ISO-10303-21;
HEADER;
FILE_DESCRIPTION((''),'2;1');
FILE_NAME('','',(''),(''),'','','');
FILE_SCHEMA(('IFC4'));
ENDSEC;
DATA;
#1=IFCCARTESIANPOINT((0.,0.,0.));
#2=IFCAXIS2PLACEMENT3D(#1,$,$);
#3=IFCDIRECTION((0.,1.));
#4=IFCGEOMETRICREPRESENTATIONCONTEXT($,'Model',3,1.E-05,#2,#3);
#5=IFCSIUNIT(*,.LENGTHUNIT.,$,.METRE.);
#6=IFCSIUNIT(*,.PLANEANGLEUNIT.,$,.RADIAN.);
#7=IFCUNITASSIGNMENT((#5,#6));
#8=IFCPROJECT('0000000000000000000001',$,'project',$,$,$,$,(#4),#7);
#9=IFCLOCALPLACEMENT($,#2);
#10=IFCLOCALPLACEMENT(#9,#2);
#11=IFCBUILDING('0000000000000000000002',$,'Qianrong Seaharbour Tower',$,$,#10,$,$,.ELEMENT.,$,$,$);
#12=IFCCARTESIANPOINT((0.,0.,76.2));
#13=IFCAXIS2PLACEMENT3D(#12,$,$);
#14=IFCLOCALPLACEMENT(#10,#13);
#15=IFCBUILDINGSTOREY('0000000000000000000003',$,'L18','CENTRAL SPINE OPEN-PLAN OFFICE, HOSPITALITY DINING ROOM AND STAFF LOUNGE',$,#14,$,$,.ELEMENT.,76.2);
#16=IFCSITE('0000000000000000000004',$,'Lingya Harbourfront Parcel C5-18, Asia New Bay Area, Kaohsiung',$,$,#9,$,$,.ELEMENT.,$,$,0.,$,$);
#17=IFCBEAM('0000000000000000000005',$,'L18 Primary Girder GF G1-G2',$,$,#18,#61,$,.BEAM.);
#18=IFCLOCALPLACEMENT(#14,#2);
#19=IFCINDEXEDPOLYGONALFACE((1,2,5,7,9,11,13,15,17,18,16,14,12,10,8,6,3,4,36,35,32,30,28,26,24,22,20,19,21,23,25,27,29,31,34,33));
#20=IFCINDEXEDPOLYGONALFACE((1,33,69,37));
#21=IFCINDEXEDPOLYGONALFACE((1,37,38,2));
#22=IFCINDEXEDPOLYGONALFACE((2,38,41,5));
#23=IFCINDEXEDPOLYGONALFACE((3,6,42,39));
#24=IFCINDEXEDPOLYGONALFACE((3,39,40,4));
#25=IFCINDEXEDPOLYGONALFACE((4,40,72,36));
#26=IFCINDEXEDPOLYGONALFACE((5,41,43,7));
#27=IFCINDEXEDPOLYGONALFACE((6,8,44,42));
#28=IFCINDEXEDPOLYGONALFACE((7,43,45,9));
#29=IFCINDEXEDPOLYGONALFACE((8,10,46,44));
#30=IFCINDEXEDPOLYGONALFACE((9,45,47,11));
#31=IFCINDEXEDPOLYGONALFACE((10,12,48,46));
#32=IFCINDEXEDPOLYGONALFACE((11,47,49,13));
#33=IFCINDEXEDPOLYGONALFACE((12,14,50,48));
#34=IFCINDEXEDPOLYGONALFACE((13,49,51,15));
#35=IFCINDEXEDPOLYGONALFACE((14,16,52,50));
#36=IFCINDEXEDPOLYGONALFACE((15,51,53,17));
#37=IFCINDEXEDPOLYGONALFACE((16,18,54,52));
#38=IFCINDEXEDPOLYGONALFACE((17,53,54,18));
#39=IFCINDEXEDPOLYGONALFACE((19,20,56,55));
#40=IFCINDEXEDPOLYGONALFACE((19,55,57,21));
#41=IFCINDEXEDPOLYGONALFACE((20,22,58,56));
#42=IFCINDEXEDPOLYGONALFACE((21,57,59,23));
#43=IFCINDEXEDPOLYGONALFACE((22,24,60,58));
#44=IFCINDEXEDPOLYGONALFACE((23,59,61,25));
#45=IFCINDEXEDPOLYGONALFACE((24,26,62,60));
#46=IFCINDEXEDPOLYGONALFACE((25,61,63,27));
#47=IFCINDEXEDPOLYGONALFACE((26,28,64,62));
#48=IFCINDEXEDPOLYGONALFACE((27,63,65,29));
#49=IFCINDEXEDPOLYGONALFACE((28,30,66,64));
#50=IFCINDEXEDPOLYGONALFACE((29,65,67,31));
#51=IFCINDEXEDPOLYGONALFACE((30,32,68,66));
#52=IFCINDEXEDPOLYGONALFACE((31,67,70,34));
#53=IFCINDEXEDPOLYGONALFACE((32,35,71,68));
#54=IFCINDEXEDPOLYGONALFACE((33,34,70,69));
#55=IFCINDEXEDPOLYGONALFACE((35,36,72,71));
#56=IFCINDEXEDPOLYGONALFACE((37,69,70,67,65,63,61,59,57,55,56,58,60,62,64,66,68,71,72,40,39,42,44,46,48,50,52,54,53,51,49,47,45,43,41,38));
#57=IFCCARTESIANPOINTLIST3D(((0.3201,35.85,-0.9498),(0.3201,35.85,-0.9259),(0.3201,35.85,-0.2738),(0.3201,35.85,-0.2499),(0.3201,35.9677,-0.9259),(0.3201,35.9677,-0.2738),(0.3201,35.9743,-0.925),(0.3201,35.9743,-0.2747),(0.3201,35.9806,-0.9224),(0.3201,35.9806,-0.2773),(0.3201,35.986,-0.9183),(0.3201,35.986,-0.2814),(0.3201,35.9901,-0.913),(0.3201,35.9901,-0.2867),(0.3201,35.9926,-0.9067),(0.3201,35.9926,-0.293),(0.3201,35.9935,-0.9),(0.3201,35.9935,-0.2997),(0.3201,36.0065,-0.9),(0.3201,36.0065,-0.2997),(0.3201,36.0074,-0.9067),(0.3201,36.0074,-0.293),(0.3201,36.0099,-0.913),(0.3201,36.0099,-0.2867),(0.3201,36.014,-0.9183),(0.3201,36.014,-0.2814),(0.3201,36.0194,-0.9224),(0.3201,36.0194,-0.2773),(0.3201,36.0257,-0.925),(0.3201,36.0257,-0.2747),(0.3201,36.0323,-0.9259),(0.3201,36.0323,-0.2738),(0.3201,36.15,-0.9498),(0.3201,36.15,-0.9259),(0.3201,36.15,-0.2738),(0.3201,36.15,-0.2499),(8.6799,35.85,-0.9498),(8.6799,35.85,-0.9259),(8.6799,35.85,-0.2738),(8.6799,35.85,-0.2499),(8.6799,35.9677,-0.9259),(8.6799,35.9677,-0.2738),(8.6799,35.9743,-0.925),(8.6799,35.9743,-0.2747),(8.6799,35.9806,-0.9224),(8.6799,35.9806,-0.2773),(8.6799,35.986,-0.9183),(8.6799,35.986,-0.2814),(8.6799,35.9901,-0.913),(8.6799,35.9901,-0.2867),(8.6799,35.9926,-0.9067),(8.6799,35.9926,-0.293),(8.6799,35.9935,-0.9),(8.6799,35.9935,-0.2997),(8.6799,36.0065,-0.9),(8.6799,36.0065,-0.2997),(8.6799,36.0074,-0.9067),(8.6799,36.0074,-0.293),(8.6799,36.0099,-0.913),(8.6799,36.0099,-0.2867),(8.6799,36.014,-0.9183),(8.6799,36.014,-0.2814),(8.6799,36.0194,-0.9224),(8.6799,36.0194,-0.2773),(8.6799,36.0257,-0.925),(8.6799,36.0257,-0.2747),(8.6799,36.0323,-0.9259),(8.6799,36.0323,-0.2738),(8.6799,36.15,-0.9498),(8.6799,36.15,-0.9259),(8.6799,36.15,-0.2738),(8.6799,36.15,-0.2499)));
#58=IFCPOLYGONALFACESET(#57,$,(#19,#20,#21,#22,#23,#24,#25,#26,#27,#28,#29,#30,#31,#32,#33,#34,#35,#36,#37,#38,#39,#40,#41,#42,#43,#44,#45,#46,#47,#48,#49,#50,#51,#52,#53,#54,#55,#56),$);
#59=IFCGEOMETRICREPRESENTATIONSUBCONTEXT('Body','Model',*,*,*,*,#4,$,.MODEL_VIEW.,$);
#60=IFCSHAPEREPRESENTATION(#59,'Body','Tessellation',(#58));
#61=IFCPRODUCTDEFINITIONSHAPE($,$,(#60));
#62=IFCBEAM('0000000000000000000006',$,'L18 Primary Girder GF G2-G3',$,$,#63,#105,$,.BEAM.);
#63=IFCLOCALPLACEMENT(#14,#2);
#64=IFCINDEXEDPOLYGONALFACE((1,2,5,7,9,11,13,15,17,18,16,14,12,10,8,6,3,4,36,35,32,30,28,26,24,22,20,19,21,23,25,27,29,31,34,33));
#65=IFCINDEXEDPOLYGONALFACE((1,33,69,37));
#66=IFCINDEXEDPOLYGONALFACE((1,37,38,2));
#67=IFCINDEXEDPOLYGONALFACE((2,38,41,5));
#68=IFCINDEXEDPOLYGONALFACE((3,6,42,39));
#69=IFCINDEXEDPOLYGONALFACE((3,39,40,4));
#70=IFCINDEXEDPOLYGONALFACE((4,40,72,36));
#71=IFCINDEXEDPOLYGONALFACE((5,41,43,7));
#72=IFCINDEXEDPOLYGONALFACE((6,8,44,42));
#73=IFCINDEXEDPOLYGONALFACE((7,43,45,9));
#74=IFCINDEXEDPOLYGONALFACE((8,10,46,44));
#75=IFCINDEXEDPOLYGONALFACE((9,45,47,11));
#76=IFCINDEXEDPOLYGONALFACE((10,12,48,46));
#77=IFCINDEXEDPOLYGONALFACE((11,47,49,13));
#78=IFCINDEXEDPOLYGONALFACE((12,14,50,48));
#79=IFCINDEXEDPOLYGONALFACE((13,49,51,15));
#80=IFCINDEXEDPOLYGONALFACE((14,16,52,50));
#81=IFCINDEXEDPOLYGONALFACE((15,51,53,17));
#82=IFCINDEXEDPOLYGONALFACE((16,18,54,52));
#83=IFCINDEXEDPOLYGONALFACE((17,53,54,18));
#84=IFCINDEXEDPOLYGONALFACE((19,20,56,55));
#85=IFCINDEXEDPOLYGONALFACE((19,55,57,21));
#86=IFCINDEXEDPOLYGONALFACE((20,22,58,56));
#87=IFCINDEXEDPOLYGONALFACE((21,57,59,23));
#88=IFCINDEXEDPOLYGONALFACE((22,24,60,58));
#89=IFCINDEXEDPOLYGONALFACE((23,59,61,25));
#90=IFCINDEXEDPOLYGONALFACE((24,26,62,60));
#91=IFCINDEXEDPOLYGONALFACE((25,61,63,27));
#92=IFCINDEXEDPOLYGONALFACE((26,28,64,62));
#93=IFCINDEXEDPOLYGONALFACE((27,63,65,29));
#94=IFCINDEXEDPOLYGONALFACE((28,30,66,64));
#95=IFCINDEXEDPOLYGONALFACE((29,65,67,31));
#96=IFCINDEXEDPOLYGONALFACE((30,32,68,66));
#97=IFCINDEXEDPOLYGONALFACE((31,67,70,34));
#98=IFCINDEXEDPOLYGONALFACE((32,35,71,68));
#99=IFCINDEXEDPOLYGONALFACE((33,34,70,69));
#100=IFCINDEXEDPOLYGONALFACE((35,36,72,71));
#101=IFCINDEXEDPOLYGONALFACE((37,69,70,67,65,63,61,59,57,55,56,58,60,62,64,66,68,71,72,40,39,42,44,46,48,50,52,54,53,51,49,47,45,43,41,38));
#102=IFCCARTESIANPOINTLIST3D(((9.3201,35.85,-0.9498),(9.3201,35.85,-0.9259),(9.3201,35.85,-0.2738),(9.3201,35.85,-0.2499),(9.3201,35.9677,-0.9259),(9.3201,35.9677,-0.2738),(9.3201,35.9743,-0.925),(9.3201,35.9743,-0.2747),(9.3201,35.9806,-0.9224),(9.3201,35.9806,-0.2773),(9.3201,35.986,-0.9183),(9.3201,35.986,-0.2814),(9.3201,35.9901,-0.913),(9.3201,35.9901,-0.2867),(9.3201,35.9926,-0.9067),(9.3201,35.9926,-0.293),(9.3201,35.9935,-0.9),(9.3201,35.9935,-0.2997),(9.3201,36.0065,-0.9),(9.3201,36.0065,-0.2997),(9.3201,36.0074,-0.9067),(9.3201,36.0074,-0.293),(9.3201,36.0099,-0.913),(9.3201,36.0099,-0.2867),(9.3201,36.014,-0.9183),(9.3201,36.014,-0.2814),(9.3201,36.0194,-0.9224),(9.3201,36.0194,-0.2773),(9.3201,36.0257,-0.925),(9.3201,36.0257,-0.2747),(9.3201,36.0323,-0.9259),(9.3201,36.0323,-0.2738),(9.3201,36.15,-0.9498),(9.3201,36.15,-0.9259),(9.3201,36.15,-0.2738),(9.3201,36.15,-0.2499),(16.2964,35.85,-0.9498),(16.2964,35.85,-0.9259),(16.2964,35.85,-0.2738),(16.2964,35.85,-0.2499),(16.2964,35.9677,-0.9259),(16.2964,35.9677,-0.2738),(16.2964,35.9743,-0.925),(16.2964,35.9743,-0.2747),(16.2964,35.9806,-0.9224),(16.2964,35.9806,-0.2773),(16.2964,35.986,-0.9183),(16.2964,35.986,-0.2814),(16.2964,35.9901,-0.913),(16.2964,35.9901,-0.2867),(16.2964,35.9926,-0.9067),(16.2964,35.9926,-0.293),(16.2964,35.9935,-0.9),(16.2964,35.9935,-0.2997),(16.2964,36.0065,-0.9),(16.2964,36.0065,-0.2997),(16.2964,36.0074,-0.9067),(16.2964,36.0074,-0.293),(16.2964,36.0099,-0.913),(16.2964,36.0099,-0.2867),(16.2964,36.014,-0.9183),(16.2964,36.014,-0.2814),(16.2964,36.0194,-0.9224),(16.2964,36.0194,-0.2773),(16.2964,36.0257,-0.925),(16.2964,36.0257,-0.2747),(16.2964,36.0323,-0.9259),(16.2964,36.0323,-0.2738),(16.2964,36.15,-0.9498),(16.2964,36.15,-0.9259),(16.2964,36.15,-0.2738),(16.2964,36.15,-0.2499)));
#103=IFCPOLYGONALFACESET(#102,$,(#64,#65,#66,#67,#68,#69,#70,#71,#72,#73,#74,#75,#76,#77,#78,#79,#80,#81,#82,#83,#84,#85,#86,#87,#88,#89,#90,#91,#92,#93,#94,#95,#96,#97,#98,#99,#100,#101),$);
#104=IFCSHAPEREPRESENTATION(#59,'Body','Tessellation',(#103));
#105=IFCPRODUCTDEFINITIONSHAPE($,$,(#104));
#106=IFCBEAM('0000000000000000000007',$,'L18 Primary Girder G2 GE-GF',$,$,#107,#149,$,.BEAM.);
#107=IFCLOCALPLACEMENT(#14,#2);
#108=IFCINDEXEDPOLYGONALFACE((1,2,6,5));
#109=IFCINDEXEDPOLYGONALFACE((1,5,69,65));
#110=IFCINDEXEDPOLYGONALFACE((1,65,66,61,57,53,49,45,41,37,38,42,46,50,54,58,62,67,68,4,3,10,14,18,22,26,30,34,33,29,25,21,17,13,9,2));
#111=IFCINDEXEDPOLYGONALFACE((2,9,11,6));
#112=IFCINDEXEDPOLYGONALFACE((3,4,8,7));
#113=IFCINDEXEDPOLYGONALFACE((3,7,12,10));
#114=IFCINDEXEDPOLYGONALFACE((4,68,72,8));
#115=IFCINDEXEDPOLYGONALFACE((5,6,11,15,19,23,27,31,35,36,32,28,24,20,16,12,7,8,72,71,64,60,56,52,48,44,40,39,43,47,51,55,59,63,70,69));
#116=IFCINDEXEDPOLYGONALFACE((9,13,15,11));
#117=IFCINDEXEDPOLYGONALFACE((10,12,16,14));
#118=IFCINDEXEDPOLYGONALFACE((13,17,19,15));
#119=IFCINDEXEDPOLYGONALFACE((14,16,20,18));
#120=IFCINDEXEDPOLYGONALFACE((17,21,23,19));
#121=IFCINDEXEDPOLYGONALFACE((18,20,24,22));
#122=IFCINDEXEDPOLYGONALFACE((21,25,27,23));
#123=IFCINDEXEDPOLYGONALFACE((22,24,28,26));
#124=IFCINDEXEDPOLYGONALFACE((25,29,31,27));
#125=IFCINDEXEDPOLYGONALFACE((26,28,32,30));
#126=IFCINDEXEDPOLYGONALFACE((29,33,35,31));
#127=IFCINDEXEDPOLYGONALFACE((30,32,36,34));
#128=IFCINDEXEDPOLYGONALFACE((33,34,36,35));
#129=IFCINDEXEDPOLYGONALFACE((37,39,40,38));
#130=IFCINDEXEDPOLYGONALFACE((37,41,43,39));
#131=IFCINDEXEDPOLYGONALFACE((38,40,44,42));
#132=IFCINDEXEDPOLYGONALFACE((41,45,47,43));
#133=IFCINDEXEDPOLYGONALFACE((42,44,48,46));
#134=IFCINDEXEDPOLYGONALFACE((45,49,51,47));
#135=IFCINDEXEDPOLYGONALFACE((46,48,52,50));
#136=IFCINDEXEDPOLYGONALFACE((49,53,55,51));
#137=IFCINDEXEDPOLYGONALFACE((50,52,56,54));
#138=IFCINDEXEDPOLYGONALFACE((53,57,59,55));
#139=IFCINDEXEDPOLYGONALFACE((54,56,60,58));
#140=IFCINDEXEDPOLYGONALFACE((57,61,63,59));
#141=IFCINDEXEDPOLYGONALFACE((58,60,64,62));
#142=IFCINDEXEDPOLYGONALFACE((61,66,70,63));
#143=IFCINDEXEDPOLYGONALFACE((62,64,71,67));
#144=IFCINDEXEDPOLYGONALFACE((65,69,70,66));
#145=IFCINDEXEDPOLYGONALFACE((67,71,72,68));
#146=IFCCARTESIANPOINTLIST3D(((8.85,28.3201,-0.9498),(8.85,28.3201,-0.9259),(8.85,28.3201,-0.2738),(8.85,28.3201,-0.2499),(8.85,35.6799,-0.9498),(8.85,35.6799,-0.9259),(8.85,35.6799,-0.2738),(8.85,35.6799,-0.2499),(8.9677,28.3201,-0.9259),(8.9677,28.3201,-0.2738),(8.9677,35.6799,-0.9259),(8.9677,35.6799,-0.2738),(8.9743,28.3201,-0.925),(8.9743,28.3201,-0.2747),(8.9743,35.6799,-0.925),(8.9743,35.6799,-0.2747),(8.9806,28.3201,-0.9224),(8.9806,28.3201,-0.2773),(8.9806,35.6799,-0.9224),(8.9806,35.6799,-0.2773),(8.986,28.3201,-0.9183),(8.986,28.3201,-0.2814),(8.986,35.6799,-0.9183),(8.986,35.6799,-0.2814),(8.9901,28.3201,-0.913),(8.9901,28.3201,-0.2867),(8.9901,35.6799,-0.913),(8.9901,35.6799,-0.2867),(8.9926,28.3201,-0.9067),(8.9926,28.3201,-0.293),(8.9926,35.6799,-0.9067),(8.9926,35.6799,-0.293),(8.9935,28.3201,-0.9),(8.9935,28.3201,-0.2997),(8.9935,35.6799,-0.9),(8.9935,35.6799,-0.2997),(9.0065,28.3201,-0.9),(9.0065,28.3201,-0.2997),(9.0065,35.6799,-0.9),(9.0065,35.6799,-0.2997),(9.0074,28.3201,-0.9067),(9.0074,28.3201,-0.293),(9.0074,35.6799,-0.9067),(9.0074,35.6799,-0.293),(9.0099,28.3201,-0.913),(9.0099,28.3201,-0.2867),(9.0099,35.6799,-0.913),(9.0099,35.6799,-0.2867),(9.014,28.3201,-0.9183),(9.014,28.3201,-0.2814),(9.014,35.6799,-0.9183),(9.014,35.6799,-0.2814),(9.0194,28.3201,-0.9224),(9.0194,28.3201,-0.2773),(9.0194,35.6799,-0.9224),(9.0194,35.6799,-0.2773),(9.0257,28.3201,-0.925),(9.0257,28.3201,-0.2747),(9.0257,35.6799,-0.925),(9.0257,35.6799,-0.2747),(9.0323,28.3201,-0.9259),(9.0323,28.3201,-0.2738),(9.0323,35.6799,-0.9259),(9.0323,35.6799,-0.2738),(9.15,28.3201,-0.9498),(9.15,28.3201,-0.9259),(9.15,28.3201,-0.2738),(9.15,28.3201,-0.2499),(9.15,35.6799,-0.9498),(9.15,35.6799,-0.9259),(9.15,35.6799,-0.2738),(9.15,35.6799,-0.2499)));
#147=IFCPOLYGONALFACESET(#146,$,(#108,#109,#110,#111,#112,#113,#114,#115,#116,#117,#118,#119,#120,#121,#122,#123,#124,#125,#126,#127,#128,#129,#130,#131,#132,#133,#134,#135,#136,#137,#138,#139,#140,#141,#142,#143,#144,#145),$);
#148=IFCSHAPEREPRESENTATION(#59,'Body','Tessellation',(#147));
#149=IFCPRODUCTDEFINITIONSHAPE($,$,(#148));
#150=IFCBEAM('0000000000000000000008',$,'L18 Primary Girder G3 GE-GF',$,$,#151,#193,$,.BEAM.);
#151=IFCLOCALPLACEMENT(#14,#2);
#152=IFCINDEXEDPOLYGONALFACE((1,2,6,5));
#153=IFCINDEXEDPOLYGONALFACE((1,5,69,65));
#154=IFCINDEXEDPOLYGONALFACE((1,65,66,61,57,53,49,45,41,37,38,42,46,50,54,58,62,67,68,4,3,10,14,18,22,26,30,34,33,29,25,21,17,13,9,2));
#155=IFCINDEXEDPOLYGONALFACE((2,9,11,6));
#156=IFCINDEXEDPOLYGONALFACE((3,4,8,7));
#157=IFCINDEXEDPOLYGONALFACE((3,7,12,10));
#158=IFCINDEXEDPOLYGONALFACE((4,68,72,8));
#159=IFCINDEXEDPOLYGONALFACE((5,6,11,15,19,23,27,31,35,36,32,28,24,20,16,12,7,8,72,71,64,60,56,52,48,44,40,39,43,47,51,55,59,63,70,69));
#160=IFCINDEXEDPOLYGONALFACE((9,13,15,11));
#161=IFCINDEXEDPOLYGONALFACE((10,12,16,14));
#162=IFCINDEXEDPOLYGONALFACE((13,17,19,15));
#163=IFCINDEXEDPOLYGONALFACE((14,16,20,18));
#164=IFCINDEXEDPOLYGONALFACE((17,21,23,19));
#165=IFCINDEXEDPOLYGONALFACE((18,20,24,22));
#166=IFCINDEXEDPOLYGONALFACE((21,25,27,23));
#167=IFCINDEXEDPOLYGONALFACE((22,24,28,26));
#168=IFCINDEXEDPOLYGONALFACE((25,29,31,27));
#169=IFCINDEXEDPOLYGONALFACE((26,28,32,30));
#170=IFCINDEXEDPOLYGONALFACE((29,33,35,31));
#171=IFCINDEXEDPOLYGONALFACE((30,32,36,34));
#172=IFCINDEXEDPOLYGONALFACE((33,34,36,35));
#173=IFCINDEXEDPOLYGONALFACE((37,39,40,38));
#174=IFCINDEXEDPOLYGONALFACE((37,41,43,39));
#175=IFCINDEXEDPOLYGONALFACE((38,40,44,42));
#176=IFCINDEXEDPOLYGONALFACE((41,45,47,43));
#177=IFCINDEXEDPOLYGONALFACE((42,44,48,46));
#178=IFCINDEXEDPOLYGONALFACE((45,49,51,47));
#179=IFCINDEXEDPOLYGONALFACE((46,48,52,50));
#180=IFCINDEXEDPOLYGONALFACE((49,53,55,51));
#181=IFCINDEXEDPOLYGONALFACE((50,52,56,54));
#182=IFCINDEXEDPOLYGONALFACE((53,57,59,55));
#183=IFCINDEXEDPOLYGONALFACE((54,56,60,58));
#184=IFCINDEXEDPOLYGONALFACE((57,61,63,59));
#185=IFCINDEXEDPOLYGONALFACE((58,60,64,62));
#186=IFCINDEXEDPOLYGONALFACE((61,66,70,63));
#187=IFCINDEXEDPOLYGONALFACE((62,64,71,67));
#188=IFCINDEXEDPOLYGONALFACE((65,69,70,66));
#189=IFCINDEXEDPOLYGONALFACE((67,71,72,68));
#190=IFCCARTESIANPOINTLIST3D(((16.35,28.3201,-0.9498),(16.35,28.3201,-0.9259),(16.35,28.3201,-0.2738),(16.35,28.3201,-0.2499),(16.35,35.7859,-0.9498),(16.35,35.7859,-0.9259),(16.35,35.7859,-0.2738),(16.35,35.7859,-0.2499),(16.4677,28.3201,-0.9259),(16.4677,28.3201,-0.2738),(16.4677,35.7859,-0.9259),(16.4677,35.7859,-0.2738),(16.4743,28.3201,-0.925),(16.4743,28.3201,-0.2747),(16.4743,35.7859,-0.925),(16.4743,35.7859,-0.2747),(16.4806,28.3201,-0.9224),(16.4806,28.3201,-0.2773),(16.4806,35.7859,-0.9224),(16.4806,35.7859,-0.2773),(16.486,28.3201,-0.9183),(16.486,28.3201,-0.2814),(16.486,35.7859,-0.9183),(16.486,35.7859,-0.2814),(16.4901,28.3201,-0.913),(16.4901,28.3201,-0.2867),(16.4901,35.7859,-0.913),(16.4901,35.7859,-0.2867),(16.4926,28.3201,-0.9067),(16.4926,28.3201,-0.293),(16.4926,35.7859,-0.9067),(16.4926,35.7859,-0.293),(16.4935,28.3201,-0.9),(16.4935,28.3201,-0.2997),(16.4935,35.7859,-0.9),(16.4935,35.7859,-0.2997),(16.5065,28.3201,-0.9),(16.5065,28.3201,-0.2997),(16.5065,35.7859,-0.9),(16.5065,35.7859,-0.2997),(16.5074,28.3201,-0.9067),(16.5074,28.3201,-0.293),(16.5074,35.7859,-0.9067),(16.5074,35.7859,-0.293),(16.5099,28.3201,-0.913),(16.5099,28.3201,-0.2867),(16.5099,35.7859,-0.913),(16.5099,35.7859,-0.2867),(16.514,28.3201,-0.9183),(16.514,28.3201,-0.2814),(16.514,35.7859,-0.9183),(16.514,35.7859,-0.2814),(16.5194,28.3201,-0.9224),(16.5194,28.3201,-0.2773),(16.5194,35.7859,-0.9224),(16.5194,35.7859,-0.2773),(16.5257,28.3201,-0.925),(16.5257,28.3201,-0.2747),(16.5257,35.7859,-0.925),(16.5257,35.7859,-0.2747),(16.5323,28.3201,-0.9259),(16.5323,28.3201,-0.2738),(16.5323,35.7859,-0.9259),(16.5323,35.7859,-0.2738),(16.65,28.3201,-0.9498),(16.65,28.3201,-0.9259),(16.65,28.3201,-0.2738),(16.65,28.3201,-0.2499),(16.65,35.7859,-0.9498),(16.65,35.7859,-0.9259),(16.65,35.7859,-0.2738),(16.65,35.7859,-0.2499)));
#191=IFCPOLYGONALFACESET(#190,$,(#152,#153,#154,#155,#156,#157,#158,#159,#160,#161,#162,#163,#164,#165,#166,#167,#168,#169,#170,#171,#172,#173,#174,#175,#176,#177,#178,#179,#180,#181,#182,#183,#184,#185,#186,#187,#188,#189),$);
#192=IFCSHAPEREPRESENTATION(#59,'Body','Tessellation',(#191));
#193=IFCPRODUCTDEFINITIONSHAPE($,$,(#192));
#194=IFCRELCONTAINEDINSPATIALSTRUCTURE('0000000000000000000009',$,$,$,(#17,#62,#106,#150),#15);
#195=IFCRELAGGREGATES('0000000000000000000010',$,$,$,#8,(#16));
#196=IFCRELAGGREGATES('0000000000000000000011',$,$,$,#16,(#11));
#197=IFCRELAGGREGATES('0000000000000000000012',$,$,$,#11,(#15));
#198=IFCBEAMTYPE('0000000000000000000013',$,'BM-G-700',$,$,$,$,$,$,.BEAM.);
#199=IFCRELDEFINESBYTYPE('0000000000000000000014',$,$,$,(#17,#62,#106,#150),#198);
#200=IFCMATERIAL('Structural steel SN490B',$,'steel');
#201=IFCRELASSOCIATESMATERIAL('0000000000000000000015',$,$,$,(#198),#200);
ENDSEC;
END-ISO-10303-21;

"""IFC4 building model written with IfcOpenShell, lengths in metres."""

from ifc_helpers import new_model, si_unit, direction, frame, origin, origin_2d, place, context, subcontext, project, spatial, i_section, extrude, material, material_profile, profile_set, type_object, element, save


model = new_model("IFC4")

# Units and contexts
model_context = context("Model", 3, precision=1e-05, world=origin(), true_north=direction((0.0, 1.0)))
body_context = subcontext(model_context, "Body", "Model", "MODEL_VIEW")
ifc_project = project(units=[si_unit("LENGTHUNIT", "METRE"), si_unit("PLANEANGLEUNIT", "RADIAN")], contexts=[model_context])

# Site, building, storey
site_placement = place(None, origin())
site = spatial("IfcSite", under=ifc_project, at=site_placement, Name="Lingya Harbourfront Parcel C5-18, Asia New Bay Area, Kaohsiung", CompositionType="ELEMENT", RefElevation=0.0)
building_placement = place(site_placement, origin())
building = spatial("IfcBuilding", under=site, at=building_placement, Name="Qianrong Seaharbour Tower", CompositionType="ELEMENT")
storey_placement = place(building_placement, frame((0.0, 0.0, 76.2)))
storey = spatial("IfcBuildingStorey", under=building, at=storey_placement, Name="L18", Description="CENTRAL SPINE OPEN-PLAN OFFICE, HOSPITALITY DINING ROOM AND STAFF LOUNGE", CompositionType="ELEMENT", Elevation=76.2)

# Shared definitions
ifc_material_1 = material(Name="Structural steel SN490B", Category="steel")

# Beams
ifc_material_profile_1 = material_profile(ifc_material_1, i_section(OverallWidth=0.3, OverallDepth=0.7, WebThickness=0.0129, FlangeThickness=0.0239, FilletRadius=0.0259, at=origin_2d()), Name="H700x300x13x24")
ifc_profile_set_1 = profile_set([ifc_material_profile_1], Name="Structural steel SN490B")
beam_type_1 = type_object("IfcBeamType", Name="BM-G-700", PredefinedType="BEAM", material=ifc_profile_set_1)
beam_1_placement = place(storey_placement, frame((0.3201, 36.0, -0.5999), z_axis=(1.0, 0.0, 0.0), x_axis=(0.0, 1.0, 0.0)))
element("IfcBeam", 1, at=beam_1_placement, inside=storey, type_object=beam_type_1, Name="L18 Primary Girder GF G1-G2", PredefinedType="BEAM", context=body_context, shape_type="SweptSolid", body=[
    extrude(i_section(OverallWidth=0.3, OverallDepth=0.7, WebThickness=0.0129, FlangeThickness=0.0239, FilletRadius=0.0259, at=origin_2d()), origin(), (0.0, 0.0, 1.0), 8.3599),
])
beam_2_placement = place(storey_placement, frame((9.3201, 36.0, -0.5999), z_axis=(1.0, 0.0, 0.0), x_axis=(0.0, 1.0, 0.0)))
element("IfcBeam", 2, at=beam_2_placement, inside=storey, type_object=beam_type_1, Name="L18 Primary Girder GF G2-G3", PredefinedType="BEAM", context=body_context, shape_type="SweptSolid", body=[
    extrude(i_section(OverallWidth=0.3, OverallDepth=0.7, WebThickness=0.0129, FlangeThickness=0.0239, FilletRadius=0.0259, at=origin_2d()), origin(), (0.0, 0.0, 1.0), 6.9763),
])
beam_3_placement = place(storey_placement, frame((9.0, 28.3201, -0.5999), z_axis=(0.0, 1.0, 0.0), x_axis=(-1.0, 0.0, 0.0)))
element("IfcBeam", 3, at=beam_3_placement, inside=storey, type_object=beam_type_1, Name="L18 Primary Girder G2 GE-GF", PredefinedType="BEAM", context=body_context, shape_type="SweptSolid", body=[
    extrude(i_section(OverallWidth=0.3, OverallDepth=0.7, WebThickness=0.0129, FlangeThickness=0.0239, FilletRadius=0.0259, at=origin_2d()), origin(), (0.0, 0.0, 1.0), 7.3599),
])
beam_4_placement = place(storey_placement, frame((16.5, 28.3201, -0.5999), z_axis=(0.0, 1.0, 0.0), x_axis=(-1.0, 0.0, 0.0)))
element("IfcBeam", 4, at=beam_4_placement, inside=storey, type_object=beam_type_1, Name="L18 Primary Girder G3 GE-GF", PredefinedType="BEAM", context=body_context, shape_type="SweptSolid", body=[
    extrude(i_section(OverallWidth=0.3, OverallDepth=0.7, WebThickness=0.0129, FlangeThickness=0.0239, FilletRadius=0.0259, at=origin_2d()), origin(), (0.0, 0.0, 1.0), 7.4658),
])

save(model, "model.ifc")
